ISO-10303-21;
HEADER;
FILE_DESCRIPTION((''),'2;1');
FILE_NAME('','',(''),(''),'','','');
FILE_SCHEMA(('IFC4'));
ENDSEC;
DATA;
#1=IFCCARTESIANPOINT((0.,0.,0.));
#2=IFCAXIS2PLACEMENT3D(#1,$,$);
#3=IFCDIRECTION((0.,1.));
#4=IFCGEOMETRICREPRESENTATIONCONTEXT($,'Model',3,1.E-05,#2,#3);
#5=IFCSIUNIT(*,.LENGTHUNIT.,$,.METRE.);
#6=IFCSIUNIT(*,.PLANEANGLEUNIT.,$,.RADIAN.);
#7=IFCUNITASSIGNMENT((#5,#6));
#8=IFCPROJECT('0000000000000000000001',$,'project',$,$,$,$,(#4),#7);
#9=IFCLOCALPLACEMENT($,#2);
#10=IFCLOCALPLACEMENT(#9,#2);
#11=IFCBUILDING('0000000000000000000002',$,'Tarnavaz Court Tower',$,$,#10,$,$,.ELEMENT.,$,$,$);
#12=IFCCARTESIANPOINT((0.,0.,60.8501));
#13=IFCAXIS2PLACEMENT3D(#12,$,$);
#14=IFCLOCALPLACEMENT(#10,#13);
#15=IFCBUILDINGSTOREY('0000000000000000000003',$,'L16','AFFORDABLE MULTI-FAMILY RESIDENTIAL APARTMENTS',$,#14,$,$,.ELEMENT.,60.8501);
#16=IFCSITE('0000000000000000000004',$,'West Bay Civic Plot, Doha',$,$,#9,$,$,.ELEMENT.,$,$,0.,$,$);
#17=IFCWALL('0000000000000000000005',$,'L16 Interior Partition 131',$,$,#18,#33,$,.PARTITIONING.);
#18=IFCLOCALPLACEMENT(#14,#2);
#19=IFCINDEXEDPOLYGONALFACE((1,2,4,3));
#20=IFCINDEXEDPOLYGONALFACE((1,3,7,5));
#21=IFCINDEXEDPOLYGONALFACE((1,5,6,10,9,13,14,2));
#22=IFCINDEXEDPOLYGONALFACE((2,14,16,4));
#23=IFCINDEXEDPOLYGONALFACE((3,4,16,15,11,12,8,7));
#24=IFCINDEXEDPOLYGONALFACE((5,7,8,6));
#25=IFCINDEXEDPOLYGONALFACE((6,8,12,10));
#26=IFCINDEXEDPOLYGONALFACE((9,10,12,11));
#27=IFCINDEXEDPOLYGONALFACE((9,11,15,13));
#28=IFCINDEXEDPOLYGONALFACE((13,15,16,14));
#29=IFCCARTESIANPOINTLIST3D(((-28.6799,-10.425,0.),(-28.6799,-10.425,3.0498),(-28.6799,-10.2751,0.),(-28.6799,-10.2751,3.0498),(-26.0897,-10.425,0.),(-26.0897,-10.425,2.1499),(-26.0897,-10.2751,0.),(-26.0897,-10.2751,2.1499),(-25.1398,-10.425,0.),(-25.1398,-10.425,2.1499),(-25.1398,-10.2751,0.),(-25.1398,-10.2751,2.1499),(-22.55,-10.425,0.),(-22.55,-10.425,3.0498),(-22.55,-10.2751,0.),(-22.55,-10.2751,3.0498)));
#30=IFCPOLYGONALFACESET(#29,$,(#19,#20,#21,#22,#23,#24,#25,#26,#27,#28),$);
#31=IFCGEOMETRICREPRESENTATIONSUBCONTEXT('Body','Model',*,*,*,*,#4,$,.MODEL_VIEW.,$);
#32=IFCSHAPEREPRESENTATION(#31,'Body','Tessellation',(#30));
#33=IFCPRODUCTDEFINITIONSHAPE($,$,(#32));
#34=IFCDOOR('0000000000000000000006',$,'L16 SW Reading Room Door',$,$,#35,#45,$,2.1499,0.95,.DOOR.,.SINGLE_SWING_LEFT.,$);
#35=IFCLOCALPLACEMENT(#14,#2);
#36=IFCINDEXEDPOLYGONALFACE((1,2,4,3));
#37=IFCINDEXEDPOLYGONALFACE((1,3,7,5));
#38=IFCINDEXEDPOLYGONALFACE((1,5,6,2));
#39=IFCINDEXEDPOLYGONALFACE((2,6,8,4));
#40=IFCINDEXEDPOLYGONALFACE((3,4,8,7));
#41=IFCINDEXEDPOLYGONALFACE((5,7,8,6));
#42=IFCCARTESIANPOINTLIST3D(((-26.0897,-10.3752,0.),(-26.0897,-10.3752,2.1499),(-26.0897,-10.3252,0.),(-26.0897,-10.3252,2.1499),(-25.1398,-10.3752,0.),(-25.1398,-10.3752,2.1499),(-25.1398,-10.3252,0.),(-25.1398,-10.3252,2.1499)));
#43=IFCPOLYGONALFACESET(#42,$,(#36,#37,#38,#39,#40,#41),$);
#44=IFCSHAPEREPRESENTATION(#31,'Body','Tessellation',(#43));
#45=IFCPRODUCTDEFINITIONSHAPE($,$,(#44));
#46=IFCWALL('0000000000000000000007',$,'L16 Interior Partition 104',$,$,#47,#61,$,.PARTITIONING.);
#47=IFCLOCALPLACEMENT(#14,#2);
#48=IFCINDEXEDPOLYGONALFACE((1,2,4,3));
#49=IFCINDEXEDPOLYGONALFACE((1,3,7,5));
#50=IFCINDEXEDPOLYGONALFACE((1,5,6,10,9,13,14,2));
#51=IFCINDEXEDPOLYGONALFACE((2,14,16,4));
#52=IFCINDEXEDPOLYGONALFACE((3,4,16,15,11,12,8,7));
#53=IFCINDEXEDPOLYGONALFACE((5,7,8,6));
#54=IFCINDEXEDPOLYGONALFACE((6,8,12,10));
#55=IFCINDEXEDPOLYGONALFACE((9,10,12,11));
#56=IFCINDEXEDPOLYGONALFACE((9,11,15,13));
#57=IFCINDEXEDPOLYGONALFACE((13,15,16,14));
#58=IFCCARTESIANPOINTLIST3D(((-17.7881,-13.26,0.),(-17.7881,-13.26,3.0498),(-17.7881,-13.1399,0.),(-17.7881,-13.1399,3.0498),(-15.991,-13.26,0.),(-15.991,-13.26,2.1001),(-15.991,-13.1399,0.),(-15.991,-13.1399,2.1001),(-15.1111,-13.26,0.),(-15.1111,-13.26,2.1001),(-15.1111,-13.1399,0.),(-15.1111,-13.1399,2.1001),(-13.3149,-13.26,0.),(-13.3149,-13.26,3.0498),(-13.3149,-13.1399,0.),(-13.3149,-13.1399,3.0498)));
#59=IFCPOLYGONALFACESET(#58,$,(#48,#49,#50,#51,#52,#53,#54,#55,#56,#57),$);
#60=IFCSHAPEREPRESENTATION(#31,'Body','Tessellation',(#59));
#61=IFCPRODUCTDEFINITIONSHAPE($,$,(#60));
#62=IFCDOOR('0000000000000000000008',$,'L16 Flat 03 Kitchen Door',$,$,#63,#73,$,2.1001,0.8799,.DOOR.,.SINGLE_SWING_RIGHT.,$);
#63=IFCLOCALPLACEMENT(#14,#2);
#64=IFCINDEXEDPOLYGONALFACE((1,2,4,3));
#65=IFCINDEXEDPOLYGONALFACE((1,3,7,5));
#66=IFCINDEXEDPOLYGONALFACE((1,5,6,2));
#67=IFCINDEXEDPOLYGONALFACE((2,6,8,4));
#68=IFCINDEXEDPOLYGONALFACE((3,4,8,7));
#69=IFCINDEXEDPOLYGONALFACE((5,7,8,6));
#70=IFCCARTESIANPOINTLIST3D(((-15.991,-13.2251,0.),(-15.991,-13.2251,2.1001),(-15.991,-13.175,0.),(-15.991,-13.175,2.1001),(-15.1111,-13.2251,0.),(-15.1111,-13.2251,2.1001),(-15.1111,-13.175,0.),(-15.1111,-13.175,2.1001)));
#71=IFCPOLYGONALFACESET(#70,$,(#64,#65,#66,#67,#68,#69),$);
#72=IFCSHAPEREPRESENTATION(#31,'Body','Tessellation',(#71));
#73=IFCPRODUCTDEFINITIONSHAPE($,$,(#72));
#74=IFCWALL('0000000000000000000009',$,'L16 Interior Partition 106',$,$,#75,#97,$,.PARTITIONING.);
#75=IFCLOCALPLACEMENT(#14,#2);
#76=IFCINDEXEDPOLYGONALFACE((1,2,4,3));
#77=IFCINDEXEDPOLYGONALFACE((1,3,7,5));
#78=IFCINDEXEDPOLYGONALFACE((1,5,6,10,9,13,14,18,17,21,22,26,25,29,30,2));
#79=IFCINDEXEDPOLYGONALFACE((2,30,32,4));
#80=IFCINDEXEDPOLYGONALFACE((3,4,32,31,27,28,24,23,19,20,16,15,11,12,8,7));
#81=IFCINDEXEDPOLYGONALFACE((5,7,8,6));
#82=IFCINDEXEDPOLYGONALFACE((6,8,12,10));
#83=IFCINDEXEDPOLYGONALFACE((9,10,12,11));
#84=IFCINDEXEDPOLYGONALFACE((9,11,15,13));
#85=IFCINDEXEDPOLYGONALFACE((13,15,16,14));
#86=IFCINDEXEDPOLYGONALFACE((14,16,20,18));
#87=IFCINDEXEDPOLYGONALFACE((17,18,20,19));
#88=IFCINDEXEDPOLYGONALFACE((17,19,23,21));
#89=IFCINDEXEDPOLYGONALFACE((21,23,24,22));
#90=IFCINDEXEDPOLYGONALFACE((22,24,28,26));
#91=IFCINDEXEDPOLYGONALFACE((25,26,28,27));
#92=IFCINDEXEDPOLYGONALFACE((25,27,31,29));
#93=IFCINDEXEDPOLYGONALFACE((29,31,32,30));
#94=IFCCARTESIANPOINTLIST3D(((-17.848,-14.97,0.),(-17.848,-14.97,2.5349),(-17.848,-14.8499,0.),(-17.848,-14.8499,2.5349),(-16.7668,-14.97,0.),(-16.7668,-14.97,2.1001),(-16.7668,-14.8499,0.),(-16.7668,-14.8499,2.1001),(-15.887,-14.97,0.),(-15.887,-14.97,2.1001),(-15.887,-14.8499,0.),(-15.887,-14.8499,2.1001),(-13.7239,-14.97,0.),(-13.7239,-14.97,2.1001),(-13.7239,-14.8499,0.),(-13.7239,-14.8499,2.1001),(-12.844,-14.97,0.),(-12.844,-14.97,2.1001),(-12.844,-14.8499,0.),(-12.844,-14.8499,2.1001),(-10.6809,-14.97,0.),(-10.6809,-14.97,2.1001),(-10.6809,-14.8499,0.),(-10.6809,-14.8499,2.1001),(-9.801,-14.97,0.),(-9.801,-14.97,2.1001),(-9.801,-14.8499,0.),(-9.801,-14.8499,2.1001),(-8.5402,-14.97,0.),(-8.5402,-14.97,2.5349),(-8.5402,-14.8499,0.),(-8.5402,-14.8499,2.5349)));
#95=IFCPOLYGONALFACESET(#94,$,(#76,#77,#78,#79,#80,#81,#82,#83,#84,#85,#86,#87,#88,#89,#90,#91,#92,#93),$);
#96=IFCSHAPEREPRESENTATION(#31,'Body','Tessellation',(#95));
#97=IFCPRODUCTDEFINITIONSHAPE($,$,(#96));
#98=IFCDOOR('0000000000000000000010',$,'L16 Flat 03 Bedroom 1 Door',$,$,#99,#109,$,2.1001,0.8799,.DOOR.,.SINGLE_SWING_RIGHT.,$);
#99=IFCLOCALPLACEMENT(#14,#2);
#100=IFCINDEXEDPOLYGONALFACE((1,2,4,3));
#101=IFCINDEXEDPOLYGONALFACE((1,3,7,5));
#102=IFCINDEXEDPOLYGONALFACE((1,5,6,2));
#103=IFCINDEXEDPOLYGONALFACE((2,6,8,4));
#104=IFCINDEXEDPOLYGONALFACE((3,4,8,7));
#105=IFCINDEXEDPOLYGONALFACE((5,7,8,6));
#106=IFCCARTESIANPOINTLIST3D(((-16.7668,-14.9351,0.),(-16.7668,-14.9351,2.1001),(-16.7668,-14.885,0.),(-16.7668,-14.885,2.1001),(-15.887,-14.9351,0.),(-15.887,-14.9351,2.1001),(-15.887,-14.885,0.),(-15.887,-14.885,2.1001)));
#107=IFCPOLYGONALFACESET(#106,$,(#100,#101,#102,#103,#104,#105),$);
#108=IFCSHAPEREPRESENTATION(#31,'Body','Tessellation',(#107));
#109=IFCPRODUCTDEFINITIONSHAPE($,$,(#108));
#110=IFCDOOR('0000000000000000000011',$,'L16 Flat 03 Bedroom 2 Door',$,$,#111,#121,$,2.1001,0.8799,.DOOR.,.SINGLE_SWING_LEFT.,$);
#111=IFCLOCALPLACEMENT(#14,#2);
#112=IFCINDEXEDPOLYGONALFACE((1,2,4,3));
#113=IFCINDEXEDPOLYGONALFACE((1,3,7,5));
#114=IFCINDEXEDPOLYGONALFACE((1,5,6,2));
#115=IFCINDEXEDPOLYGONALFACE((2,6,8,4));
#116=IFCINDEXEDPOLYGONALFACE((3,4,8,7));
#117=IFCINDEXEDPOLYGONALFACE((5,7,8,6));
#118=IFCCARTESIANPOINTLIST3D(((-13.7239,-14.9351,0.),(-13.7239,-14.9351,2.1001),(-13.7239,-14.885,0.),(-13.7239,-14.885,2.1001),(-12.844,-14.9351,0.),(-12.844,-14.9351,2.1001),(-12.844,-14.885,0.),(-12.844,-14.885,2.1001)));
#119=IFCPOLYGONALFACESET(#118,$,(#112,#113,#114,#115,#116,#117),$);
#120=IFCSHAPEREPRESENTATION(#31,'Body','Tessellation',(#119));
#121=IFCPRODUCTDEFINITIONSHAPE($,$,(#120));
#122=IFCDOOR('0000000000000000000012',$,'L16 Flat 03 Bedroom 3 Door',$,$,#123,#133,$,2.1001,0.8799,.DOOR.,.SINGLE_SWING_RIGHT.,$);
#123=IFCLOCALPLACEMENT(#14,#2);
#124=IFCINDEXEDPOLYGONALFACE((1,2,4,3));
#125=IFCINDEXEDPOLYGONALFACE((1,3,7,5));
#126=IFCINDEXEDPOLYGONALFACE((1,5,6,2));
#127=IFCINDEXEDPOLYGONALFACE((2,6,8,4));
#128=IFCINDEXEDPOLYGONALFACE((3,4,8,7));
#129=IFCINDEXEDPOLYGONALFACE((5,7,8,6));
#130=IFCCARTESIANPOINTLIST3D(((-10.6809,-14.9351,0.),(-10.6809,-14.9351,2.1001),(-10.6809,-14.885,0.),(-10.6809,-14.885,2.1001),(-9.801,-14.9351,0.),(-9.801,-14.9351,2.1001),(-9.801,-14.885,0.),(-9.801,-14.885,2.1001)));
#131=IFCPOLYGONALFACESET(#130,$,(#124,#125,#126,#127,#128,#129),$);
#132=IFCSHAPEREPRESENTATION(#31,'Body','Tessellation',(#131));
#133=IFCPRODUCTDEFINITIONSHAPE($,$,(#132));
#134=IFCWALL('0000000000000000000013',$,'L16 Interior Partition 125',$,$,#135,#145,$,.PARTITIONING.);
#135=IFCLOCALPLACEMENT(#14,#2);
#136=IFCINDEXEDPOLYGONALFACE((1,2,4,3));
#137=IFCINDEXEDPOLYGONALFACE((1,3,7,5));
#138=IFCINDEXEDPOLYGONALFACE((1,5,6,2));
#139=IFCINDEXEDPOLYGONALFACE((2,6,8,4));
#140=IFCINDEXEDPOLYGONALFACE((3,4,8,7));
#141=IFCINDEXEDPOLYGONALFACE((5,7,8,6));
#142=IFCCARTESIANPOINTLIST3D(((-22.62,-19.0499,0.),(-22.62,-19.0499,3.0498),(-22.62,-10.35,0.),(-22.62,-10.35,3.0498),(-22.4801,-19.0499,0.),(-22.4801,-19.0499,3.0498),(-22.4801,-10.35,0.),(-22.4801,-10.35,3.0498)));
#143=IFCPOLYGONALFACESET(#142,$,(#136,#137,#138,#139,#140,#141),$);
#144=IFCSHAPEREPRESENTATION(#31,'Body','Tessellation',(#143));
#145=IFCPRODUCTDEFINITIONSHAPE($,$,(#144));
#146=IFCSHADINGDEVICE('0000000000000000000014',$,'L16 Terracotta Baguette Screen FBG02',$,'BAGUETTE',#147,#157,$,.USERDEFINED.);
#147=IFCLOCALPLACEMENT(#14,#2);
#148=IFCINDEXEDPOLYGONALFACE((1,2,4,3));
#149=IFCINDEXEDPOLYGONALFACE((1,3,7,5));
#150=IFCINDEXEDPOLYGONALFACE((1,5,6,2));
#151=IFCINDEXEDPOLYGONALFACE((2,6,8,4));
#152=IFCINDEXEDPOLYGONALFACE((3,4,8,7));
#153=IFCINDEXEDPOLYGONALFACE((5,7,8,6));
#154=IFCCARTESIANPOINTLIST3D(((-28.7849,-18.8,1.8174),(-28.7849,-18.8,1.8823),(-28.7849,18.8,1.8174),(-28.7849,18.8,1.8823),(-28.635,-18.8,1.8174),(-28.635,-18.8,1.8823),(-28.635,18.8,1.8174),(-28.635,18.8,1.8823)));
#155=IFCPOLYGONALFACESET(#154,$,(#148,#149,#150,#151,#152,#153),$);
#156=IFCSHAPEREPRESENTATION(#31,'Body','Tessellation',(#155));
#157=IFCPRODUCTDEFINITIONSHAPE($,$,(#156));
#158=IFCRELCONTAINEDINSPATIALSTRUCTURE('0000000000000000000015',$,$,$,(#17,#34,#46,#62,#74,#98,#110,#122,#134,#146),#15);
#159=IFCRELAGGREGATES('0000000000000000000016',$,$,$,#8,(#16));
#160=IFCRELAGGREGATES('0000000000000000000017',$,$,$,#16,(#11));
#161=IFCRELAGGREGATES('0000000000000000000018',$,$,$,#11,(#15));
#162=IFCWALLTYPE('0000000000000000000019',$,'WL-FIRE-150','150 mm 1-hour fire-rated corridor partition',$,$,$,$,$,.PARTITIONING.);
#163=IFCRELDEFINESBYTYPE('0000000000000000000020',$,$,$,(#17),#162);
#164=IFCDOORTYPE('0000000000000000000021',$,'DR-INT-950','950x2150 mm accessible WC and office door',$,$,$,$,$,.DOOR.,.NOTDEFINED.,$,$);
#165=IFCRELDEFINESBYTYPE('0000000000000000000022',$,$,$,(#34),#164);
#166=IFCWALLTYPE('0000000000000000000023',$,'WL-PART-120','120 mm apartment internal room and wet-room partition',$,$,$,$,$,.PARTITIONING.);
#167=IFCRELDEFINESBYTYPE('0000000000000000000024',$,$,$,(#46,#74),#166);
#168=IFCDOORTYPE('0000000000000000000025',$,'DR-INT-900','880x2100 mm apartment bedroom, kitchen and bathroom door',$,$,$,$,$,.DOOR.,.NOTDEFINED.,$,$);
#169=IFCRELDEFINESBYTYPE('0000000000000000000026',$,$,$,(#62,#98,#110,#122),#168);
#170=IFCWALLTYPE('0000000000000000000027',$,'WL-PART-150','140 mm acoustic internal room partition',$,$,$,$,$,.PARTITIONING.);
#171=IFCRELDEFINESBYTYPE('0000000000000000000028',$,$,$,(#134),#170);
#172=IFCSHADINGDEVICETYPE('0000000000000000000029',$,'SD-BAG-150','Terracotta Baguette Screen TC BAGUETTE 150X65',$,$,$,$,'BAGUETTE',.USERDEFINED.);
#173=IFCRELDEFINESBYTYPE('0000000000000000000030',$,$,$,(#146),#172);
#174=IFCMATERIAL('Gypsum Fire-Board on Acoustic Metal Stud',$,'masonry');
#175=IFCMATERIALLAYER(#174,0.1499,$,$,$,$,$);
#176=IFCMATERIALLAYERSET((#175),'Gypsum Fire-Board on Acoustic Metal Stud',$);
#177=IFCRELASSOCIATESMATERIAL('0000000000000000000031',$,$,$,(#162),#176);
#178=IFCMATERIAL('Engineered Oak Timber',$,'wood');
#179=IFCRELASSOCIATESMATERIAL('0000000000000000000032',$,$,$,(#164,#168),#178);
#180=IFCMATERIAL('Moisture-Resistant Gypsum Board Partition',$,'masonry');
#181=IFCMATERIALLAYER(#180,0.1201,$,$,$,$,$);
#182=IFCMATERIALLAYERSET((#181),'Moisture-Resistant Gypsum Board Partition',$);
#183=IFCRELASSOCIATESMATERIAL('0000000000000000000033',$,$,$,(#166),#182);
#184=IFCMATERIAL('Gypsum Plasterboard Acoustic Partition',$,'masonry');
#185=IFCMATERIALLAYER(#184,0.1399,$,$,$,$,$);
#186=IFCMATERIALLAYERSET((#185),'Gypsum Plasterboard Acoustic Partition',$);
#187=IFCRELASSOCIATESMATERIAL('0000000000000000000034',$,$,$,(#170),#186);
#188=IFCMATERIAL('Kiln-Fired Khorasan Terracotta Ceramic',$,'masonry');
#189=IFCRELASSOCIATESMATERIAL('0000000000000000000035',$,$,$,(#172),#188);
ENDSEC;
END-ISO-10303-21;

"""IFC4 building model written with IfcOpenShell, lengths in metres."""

from ifc_helpers import new_model, si_unit, direction, frame, frame_2d, origin, origin_2d, place, context, subcontext, project, spatial, rectangle, extrude, material, layer, layer_set, material_profile, profile_set, type_object, element, fill, save


model = new_model("IFC4")

# Units and contexts
model_context = context("Model", 3, precision=1e-05, world=origin(), true_north=direction((0.0, 1.0)))
body_context = subcontext(model_context, "Body", "Model", "MODEL_VIEW")
ifc_project = project(units=[si_unit("LENGTHUNIT", "METRE"), si_unit("PLANEANGLEUNIT", "RADIAN")], contexts=[model_context])

# Site, building, storey
site_placement = place(None, origin())
site = spatial("IfcSite", under=ifc_project, at=site_placement, Name="West Bay Civic Plot, Doha", CompositionType="ELEMENT", RefElevation=0.0)
building_placement = place(site_placement, origin())
building = spatial("IfcBuilding", under=site, at=building_placement, Name="Tarnavaz Court Tower", CompositionType="ELEMENT")
storey_placement = place(building_placement, frame((0.0, 0.0, 60.8501)))
storey = spatial("IfcBuildingStorey", under=building, at=storey_placement, Name="L16", Description="AFFORDABLE MULTI-FAMILY RESIDENTIAL APARTMENTS", CompositionType="ELEMENT", Elevation=60.8501)

# Walls, openings, doors
ifc_material_1 = material(Name="Gypsum Fire-Board on Acoustic Metal Stud", Category="masonry")
ifc_layer_1 = layer(ifc_material_1, 0.1499)
ifc_layer_set_1 = layer_set([ifc_layer_1], Name="Gypsum Fire-Board on Acoustic Metal Stud")
wall_type_1 = type_object("IfcWallType", Name="WL-FIRE-150", Description="150 mm 1-hour fire-rated corridor partition", PredefinedType="PARTITIONING", material=ifc_layer_set_1)
wall_1_placement = place(storey_placement, frame((-28.6799, -10.3501, 0.0), z_axis=(0.0, 0.0, 1.0), x_axis=(1.0, 0.0, 0.0)))
wall_1 = element("IfcWall", 1, at=wall_1_placement, inside=storey, type_object=wall_type_1, Name="L16 Interior Partition 131", PredefinedType="PARTITIONING", context=body_context, shape_type="SweptSolid", body=[
    extrude(rectangle(XDim=6.1299, YDim=0.1499, at=frame_2d((3.0649, 0.0))), origin(), (0.0, 0.0, 1.0), 3.0498),
])
opening_1_placement = place(wall_1_placement, frame((2.5901, 0.0, 0.0)))
opening_1 = element("IfcOpeningElement", 2, at=opening_1_placement, cuts=wall_1, PredefinedType="OPENING", context=body_context, shape_type="SweptSolid", body=[
    extrude(rectangle(XDim=0.95, YDim=2.1499, at=frame_2d((0.4751, 1.075))), frame((0.0, 0.085, 0.0), z_axis=(0.0, -1.0, 0.0), x_axis=(1.0, 0.0, 0.0)), (0.0, 0.0, 1.0), 0.1699),
])
ifc_material_2 = material(Name="Engineered Oak Timber", Category="wood")
door_type_1 = type_object("IfcDoorType", Name="DR-INT-950", Description="950x2150 mm accessible WC and office door", OperationType="NOTDEFINED", PredefinedType="DOOR", material=ifc_material_2)
door_1_placement = place(opening_1_placement, origin())
door_1 = element("IfcDoor", 3, at=door_1_placement, inside=storey, type_object=door_type_1, Name="L16 SW Reading Room Door", OperationType="SINGLE_SWING_LEFT", OverallHeight=2.1499, OverallWidth=0.95, PredefinedType="DOOR", context=body_context, shape_type="SweptSolid", body=[
    extrude(rectangle(XDim=0.95, YDim=2.1499, at=frame_2d((0.4751, 1.075))), frame((0.0, 0.0249, 0.0), z_axis=(0.0, -1.0, 0.0), x_axis=(1.0, 0.0, 0.0)), (0.0, 0.0, 1.0), 0.05),
])
fill(opening_1, door_1)
ifc_material_3 = material(Name="Moisture-Resistant Gypsum Board Partition", Category="masonry")
ifc_layer_2 = layer(ifc_material_3, 0.1201)
ifc_layer_set_2 = layer_set([ifc_layer_2], Name="Moisture-Resistant Gypsum Board Partition")
wall_type_2 = type_object("IfcWallType", Name="WL-PART-120", Description="120 mm apartment internal room and wet-room partition", PredefinedType="PARTITIONING", material=ifc_layer_set_2)
wall_2_placement = place(storey_placement, frame((-17.7881, -13.2, 0.0), z_axis=(0.0, 0.0, 1.0), x_axis=(1.0, 0.0, 0.0)))
wall_2 = element("IfcWall", 4, at=wall_2_placement, inside=storey, type_object=wall_type_2, Name="L16 Interior Partition 104", PredefinedType="PARTITIONING", context=body_context, shape_type="SweptSolid", body=[
    extrude(rectangle(XDim=4.4731, YDim=0.1201, at=frame_2d((2.2366, 0.0))), origin(), (0.0, 0.0, 1.0), 3.0498),
])
opening_2_placement = place(wall_2_placement, frame((1.7971, 0.0, 0.0)))
opening_2 = element("IfcOpeningElement", 5, at=opening_2_placement, cuts=wall_2, PredefinedType="OPENING", context=body_context, shape_type="SweptSolid", body=[
    extrude(rectangle(XDim=0.8799, YDim=2.1001, at=frame_2d((0.4399, 1.05))), frame((0.0, 0.0701, 0.0), z_axis=(0.0, -1.0, 0.0), x_axis=(1.0, 0.0, 0.0)), (0.0, 0.0, 1.0), 0.1401),
])
door_type_2 = type_object("IfcDoorType", Name="DR-INT-900", Description="880x2100 mm apartment bedroom, kitchen and bathroom door", OperationType="NOTDEFINED", PredefinedType="DOOR", material=ifc_material_2)
door_2_placement = place(opening_2_placement, origin())
door_2 = element("IfcDoor", 6, at=door_2_placement, inside=storey, type_object=door_type_2, Name="L16 Flat 03 Kitchen Door", OperationType="SINGLE_SWING_RIGHT", OverallHeight=2.1001, OverallWidth=0.8799, PredefinedType="DOOR", context=body_context, shape_type="SweptSolid", body=[
    extrude(rectangle(XDim=0.8799, YDim=2.1001, at=frame_2d((0.4399, 1.05))), frame((0.0, 0.0249, 0.0), z_axis=(0.0, -1.0, 0.0), x_axis=(1.0, 0.0, 0.0)), (0.0, 0.0, 1.0), 0.05),
])
fill(opening_2, door_2)

# Wall, openings, doors
wall_3_placement = place(storey_placement, frame((-17.8479, -14.9099, 0.0), z_axis=(0.0, 0.0, 1.0), x_axis=(1.0, 0.0, 0.0)))
wall_3 = element("IfcWall", 7, at=wall_3_placement, inside=storey, type_object=wall_type_2, Name="L16 Interior Partition 106", PredefinedType="PARTITIONING", context=body_context, shape_type="SweptSolid", body=[
    extrude(rectangle(XDim=9.3079, YDim=0.1201, at=frame_2d((4.6538, 0.0))), origin(), (0.0, 0.0, 1.0), 2.5349),
])
opening_3_placement = place(wall_3_placement, frame((1.0811, 0.0, 0.0)))
opening_3 = element("IfcOpeningElement", 8, at=opening_3_placement, cuts=wall_3, PredefinedType="OPENING", context=body_context, shape_type="SweptSolid", body=[
    extrude(rectangle(XDim=0.8799, YDim=2.1001, at=frame_2d((0.4399, 1.05))), frame((0.0, 0.0701, 0.0), z_axis=(0.0, -1.0, 0.0), x_axis=(1.0, 0.0, 0.0)), (0.0, 0.0, 1.0), 0.1401),
])
opening_4_placement = place(wall_3_placement, frame((4.124, 0.0, 0.0)))
opening_4 = element("IfcOpeningElement", 9, at=opening_4_placement, cuts=wall_3, PredefinedType="OPENING", context=body_context, shape_type="SweptSolid", body=[
    extrude(rectangle(XDim=0.8799, YDim=2.1001, at=frame_2d((0.4399, 1.05))), frame((0.0, 0.0701, 0.0), z_axis=(0.0, -1.0, 0.0), x_axis=(1.0, 0.0, 0.0)), (0.0, 0.0, 1.0), 0.1401),
])
opening_5_placement = place(wall_3_placement, frame((7.167, 0.0, 0.0)))
opening_5 = element("IfcOpeningElement", 10, at=opening_5_placement, cuts=wall_3, PredefinedType="OPENING", context=body_context, shape_type="SweptSolid", body=[
    extrude(rectangle(XDim=0.8799, YDim=2.1001, at=frame_2d((0.4399, 1.05))), frame((0.0, 0.0701, 0.0), z_axis=(0.0, -1.0, 0.0), x_axis=(1.0, 0.0, 0.0)), (0.0, 0.0, 1.0), 0.1401),
])
door_3_placement = place(opening_3_placement, origin())
door_3 = element("IfcDoor", 11, at=door_3_placement, inside=storey, type_object=door_type_2, Name="L16 Flat 03 Bedroom 1 Door", OperationType="SINGLE_SWING_RIGHT", OverallHeight=2.1001, OverallWidth=0.8799, PredefinedType="DOOR", context=body_context, shape_type="SweptSolid", body=[
    extrude(rectangle(XDim=0.8799, YDim=2.1001, at=frame_2d((0.4399, 1.05))), frame((0.0, 0.0249, 0.0), z_axis=(0.0, -1.0, 0.0), x_axis=(1.0, 0.0, 0.0)), (0.0, 0.0, 1.0), 0.05),
])
fill(opening_3, door_3)
door_4_placement = place(opening_4_placement, origin())
door_4 = element("IfcDoor", 12, at=door_4_placement, inside=storey, type_object=door_type_2, Name="L16 Flat 03 Bedroom 2 Door", OperationType="SINGLE_SWING_LEFT", OverallHeight=2.1001, OverallWidth=0.8799, PredefinedType="DOOR", context=body_context, shape_type="SweptSolid", body=[
    extrude(rectangle(XDim=0.8799, YDim=2.1001, at=frame_2d((0.4399, 1.05))), frame((0.0, 0.0249, 0.0), z_axis=(0.0, -1.0, 0.0), x_axis=(1.0, 0.0, 0.0)), (0.0, 0.0, 1.0), 0.05),
])
fill(opening_4, door_4)
door_5_placement = place(opening_5_placement, origin())
door_5 = element("IfcDoor", 13, at=door_5_placement, inside=storey, type_object=door_type_2, Name="L16 Flat 03 Bedroom 3 Door", OperationType="SINGLE_SWING_RIGHT", OverallHeight=2.1001, OverallWidth=0.8799, PredefinedType="DOOR", context=body_context, shape_type="SweptSolid", body=[
    extrude(rectangle(XDim=0.8799, YDim=2.1001, at=frame_2d((0.4399, 1.05))), frame((0.0, 0.0249, 0.0), z_axis=(0.0, -1.0, 0.0), x_axis=(1.0, 0.0, 0.0)), (0.0, 0.0, 1.0), 0.05),
])
fill(opening_5, door_5)

# Wall
ifc_material_4 = material(Name="Gypsum Plasterboard Acoustic Partition", Category="masonry")
ifc_layer_3 = layer(ifc_material_4, 0.1399)
ifc_layer_set_3 = layer_set([ifc_layer_3], Name="Gypsum Plasterboard Acoustic Partition")
wall_type_3 = type_object("IfcWallType", Name="WL-PART-150", Description="140 mm acoustic internal room partition", PredefinedType="PARTITIONING", material=ifc_layer_set_3)
wall_4_placement = place(storey_placement, frame((-22.55, -19.05, 0.0), z_axis=(0.0, 0.0, 1.0), x_axis=(0.0, 1.0, 0.0)))
element("IfcWall", 14, at=wall_4_placement, inside=storey, type_object=wall_type_3, Name="L16 Interior Partition 125", PredefinedType="PARTITIONING", context=body_context, shape_type="SweptSolid", body=[
    extrude(rectangle(XDim=8.7, YDim=0.1399, at=frame_2d((4.3501, 0.0))), origin(), (0.0, 0.0, 1.0), 3.0498),
])

# Shading device
ifc_material_5 = material(Name="Kiln-Fired Khorasan Terracotta Ceramic", Category="masonry")
ifc_material_profile_1 = material_profile(ifc_material_5, rectangle(XDim=0.1499, YDim=0.0649, at=origin_2d()), Name="TC BAGUETTE 150X65")
ifc_profile_set_1 = profile_set([ifc_material_profile_1], Name="Kiln-Fired Khorasan Terracotta Ceramic")
shading_device_type = type_object("IfcShadingDeviceType", Name="SD-BAG-150", Description="Terracotta Baguette Screen TC BAGUETTE 150X65", ElementType="BAGUETTE", PredefinedType="USERDEFINED", material=ifc_profile_set_1)
shading_device_placement = place(storey_placement, frame((-28.71, -18.8, 1.8499), z_axis=(0.0, 1.0, 0.0), x_axis=(-1.0, 0.0, 0.0)))
element("IfcShadingDevice", 15, at=shading_device_placement, inside=storey, type_object=shading_device_type, Name="L16 Terracotta Baguette Screen FBG02", ObjectType="BAGUETTE", PredefinedType="USERDEFINED", context=body_context, shape_type="SweptSolid", body=[
    extrude(rectangle(XDim=0.1499, YDim=0.0649, at=origin_2d()), origin(), (0.0, 0.0, 1.0), 37.6001),
])

save(model, "model.ifc")
